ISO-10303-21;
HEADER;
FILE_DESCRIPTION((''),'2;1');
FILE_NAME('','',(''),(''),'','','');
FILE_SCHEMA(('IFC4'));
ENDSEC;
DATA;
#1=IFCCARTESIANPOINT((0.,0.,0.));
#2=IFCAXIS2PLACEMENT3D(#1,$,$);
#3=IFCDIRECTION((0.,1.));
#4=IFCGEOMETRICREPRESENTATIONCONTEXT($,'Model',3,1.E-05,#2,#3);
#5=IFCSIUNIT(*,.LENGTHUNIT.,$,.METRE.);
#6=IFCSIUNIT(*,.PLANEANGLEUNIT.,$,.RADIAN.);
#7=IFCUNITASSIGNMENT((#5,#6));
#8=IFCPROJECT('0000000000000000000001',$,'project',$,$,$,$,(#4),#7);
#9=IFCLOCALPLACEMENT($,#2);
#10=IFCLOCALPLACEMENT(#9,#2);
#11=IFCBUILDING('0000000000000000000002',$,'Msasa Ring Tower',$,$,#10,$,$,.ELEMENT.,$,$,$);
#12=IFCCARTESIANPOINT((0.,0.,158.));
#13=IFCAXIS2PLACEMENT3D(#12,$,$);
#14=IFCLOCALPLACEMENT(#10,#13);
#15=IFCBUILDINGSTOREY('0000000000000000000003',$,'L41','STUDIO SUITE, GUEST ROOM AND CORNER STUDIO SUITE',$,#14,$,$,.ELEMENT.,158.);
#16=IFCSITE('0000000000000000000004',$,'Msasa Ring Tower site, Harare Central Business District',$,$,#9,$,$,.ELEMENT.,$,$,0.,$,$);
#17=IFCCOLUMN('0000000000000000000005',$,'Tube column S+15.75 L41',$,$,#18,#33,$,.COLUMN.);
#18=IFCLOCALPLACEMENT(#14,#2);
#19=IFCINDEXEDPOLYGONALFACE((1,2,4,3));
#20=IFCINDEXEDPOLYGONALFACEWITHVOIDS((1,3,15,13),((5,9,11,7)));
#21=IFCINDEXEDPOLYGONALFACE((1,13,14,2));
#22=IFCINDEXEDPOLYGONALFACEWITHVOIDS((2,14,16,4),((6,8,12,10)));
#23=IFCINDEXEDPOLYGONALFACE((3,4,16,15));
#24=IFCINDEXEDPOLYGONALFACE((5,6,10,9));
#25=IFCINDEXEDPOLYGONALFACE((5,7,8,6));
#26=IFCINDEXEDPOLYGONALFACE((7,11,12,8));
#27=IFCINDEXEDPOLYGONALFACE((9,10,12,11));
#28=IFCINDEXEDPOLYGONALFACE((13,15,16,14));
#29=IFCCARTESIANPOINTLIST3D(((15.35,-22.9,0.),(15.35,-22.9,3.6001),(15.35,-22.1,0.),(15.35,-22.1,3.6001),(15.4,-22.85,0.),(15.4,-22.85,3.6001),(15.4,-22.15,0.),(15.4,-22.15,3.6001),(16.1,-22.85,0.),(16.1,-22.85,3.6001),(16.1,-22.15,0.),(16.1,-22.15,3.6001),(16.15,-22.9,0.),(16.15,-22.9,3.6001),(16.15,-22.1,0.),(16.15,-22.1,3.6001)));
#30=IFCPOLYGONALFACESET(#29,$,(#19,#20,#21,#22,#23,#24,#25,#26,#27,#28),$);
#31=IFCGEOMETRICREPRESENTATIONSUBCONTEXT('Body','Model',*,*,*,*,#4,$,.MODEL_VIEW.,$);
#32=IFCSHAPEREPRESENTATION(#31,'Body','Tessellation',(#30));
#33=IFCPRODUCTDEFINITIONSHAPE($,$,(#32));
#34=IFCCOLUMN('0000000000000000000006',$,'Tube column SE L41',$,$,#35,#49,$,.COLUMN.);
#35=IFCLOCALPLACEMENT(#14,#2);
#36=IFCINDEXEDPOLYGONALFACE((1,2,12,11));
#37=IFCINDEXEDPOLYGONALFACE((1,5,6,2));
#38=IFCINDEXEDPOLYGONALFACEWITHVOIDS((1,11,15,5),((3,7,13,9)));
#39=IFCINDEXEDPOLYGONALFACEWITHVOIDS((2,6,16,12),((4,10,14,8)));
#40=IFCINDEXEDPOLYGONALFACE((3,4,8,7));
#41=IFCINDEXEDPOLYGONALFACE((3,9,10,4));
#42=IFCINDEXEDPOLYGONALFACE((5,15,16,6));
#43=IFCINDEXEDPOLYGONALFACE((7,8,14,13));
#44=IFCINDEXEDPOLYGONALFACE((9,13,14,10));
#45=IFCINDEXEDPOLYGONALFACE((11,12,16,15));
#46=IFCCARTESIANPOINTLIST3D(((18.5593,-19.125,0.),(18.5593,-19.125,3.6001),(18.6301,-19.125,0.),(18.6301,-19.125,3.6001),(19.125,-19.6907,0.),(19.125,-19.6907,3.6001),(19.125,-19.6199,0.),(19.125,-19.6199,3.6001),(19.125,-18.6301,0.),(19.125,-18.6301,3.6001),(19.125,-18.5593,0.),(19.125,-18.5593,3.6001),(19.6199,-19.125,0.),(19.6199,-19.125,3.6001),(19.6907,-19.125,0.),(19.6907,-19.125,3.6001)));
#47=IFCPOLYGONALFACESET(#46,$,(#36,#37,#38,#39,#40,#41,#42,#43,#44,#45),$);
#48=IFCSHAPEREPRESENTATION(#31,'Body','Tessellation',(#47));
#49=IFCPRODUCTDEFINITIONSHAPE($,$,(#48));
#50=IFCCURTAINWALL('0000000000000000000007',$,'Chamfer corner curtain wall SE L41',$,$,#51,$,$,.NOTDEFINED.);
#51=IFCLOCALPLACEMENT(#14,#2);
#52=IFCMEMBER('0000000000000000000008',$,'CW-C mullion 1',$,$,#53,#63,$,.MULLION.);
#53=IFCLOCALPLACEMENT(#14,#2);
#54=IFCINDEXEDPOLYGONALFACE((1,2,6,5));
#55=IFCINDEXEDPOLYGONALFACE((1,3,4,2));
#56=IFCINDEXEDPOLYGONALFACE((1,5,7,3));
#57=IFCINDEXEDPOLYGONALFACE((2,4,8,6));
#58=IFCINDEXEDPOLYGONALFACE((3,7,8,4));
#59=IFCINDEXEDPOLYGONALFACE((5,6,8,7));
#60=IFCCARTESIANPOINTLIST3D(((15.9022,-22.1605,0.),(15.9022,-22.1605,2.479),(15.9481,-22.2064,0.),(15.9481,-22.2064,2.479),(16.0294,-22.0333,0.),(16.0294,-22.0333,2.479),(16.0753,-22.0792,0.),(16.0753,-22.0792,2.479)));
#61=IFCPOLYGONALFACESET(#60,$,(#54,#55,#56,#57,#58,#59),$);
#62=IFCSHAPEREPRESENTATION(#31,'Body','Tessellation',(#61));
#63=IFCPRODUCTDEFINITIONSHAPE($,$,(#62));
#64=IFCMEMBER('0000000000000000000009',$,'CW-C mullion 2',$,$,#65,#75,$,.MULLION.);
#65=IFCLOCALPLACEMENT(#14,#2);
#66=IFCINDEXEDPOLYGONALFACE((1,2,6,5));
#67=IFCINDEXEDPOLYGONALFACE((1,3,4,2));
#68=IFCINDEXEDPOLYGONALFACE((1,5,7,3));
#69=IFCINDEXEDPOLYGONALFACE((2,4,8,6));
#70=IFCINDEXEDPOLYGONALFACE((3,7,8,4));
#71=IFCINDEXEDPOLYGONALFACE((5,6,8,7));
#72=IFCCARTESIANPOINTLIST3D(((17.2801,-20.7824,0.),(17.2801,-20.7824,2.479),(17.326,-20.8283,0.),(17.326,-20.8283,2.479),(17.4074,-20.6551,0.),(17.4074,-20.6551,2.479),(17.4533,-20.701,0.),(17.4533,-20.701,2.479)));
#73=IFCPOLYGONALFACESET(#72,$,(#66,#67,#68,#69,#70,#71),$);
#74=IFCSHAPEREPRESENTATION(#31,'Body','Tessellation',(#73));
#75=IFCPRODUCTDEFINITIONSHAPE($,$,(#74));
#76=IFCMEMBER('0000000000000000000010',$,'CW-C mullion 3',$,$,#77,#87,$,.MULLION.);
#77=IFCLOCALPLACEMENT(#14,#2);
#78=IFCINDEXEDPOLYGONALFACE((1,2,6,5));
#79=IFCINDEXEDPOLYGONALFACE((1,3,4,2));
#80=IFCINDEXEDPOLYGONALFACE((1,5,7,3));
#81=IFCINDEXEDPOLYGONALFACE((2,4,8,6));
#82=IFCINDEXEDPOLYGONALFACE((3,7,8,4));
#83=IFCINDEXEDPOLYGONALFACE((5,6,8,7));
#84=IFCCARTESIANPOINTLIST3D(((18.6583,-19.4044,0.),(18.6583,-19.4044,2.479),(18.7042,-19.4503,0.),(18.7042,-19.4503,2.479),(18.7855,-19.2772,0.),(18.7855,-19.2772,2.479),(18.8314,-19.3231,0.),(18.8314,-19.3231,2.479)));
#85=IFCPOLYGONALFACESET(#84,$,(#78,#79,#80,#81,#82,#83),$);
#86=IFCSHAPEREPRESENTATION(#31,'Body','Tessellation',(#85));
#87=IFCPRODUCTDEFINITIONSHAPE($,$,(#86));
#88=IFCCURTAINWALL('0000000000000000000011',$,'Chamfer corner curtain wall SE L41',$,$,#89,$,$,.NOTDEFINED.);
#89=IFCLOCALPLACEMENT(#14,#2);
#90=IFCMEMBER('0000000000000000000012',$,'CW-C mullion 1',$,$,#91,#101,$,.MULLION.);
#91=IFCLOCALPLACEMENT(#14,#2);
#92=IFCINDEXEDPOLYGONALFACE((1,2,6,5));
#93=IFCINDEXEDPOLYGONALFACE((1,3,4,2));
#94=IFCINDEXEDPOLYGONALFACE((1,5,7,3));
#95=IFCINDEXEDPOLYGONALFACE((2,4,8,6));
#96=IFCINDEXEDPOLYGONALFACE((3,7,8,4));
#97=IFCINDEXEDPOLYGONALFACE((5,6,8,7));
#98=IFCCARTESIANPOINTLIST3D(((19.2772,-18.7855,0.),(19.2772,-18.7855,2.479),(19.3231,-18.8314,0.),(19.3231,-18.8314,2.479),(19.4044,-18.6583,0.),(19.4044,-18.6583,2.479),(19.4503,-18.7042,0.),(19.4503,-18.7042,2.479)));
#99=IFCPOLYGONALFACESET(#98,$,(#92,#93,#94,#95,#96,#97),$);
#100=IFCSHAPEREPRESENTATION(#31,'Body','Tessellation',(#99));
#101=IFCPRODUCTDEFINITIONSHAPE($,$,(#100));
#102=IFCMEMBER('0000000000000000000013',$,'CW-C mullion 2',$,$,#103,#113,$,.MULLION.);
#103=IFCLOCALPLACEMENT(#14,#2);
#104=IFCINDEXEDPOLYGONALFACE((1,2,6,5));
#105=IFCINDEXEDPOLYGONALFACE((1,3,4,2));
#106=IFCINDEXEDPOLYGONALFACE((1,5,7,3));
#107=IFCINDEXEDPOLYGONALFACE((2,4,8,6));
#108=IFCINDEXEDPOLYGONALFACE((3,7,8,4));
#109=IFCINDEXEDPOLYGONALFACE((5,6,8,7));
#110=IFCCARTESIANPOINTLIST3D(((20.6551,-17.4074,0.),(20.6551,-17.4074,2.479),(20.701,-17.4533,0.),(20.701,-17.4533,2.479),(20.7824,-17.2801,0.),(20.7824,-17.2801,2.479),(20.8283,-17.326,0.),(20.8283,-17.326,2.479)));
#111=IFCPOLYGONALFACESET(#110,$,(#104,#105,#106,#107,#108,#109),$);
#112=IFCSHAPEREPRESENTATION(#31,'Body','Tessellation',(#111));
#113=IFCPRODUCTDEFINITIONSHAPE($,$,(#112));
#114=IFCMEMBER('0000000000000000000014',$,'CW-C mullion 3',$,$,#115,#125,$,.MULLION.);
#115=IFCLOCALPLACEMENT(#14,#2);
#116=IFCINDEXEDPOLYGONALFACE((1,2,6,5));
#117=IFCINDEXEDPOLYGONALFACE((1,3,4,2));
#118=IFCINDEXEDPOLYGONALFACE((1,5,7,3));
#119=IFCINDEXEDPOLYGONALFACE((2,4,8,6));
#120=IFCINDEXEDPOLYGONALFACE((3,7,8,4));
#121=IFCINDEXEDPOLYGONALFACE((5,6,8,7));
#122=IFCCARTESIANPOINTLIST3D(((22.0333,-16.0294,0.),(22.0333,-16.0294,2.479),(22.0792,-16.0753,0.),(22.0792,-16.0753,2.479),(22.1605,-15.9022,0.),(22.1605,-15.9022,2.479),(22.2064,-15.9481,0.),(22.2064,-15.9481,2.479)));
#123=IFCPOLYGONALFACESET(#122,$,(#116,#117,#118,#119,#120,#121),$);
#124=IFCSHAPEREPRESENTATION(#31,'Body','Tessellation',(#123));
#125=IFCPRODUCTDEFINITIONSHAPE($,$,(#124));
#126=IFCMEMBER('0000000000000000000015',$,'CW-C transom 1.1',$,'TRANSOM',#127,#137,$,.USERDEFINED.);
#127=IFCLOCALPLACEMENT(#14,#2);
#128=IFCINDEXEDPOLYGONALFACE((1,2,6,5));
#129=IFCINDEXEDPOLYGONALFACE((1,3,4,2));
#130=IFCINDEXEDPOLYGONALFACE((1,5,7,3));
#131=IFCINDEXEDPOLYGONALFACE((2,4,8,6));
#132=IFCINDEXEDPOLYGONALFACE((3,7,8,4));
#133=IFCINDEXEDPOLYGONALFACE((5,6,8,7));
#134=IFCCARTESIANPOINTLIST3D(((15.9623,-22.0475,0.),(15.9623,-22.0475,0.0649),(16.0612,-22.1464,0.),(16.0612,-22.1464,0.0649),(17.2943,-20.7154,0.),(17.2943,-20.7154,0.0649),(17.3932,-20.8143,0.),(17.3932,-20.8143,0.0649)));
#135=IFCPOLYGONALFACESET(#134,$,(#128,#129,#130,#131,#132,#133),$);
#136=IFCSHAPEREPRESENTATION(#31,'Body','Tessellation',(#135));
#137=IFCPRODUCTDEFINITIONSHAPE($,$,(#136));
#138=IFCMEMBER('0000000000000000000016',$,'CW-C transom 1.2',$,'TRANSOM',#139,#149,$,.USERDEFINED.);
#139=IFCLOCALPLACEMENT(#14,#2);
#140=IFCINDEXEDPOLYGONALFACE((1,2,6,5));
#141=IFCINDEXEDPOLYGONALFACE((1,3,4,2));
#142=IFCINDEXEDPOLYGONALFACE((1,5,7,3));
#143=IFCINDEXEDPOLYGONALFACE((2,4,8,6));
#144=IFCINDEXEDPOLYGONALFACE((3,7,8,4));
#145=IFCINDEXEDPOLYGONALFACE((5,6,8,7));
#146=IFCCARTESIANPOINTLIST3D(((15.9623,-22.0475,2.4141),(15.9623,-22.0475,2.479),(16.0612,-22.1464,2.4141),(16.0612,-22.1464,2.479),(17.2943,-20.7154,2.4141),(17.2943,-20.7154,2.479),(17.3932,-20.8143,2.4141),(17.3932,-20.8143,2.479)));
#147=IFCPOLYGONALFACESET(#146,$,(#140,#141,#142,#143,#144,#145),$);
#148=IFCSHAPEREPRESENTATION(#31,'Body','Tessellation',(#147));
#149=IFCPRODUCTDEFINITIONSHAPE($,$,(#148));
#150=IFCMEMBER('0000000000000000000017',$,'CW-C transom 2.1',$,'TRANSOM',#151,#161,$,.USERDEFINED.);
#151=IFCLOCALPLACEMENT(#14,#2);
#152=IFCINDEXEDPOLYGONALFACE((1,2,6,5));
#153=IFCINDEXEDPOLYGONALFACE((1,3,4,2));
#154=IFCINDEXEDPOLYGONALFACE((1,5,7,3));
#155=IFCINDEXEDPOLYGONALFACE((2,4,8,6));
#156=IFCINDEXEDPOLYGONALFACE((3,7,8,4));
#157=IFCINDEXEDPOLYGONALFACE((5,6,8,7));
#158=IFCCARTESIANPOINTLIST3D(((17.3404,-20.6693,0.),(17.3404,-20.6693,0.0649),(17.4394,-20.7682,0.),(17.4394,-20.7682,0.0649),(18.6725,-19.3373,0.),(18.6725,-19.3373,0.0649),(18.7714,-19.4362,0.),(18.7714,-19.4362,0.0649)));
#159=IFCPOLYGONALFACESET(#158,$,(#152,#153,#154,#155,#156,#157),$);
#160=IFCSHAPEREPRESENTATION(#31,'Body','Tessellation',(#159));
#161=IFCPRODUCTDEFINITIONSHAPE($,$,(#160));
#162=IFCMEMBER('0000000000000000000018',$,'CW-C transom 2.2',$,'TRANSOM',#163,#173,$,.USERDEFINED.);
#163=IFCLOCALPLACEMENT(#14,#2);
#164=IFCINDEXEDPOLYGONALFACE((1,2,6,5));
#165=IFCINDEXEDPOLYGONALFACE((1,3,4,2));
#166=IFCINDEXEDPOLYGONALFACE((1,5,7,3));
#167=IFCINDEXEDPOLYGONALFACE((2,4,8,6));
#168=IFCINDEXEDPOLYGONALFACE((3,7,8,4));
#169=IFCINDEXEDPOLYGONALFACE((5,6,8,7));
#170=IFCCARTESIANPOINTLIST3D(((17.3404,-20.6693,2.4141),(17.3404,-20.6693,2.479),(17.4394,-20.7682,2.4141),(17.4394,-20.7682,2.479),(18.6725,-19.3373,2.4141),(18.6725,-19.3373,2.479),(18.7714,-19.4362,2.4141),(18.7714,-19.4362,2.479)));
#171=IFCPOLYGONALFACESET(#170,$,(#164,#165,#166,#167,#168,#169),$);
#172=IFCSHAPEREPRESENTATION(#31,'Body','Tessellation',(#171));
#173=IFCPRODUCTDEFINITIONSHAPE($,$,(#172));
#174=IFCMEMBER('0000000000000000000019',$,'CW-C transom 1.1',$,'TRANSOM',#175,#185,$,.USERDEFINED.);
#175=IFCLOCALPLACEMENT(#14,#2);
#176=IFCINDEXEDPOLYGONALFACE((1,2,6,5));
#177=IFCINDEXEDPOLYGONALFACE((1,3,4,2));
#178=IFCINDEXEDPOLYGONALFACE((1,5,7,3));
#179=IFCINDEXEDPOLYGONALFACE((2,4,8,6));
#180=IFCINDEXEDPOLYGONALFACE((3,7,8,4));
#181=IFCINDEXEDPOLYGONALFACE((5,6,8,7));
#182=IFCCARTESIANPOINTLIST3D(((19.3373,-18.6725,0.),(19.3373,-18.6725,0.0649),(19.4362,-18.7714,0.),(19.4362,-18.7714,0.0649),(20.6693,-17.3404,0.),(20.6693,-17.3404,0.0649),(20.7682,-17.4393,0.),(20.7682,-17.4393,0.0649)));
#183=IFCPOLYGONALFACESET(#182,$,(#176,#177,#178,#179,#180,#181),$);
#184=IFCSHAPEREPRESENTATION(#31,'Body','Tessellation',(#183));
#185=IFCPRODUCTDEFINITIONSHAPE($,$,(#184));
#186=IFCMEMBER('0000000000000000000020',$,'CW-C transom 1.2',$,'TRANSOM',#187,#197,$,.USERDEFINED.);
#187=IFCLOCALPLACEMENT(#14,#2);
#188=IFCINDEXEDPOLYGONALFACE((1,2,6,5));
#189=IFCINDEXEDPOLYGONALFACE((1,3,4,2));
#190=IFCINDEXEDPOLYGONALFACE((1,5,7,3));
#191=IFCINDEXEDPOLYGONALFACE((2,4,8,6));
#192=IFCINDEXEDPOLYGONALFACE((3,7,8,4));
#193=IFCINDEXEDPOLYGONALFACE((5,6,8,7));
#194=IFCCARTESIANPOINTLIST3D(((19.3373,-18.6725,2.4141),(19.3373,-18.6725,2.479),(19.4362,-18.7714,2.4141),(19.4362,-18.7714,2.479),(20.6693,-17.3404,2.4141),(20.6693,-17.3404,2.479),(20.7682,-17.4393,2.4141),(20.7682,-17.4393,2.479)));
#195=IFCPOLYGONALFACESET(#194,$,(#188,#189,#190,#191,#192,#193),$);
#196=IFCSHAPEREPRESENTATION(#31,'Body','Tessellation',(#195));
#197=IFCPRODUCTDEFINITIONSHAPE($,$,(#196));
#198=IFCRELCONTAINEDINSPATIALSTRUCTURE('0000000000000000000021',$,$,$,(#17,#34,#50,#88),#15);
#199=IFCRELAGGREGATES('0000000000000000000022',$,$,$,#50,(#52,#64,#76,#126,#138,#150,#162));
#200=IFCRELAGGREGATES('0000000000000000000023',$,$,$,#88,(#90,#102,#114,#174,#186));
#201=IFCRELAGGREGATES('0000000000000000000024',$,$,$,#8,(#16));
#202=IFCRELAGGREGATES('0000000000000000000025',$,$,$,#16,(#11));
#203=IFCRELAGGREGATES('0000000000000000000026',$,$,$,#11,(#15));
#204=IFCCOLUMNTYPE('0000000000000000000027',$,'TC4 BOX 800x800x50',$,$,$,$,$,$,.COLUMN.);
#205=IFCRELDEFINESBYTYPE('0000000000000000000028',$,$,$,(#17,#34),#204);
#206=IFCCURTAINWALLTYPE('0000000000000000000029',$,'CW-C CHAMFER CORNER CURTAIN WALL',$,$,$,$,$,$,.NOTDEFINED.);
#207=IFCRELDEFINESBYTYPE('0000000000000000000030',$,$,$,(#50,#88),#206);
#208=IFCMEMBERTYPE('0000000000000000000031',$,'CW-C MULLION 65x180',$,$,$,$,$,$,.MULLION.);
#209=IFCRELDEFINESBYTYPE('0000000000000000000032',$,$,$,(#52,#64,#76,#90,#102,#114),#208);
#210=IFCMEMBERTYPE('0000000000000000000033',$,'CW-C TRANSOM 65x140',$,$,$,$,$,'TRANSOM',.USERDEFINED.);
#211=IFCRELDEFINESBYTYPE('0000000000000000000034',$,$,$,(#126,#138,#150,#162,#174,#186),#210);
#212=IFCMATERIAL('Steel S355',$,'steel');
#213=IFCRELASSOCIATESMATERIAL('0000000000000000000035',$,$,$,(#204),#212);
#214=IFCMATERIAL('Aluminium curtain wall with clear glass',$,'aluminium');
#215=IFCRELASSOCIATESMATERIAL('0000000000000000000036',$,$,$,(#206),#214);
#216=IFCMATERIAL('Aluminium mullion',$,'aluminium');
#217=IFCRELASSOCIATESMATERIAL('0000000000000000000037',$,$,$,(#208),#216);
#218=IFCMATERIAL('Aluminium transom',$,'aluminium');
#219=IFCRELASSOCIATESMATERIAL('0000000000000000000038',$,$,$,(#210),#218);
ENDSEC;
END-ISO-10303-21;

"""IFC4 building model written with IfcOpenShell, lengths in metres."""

from ifc_helpers import new_model, si_unit, direction, frame, origin, origin_2d, place, context, subcontext, project, spatial, rectangle, hollow_rectangle, extrude, material, material_profile, profile_set, type_object, element, aggregate, save


model = new_model("IFC4")

# Units and contexts
model_context = context("Model", 3, precision=1e-05, world=origin(), true_north=direction((0.0, 1.0)))
body_context = subcontext(model_context, "Body", "Model", "MODEL_VIEW")
ifc_project = project(units=[si_unit("LENGTHUNIT", "METRE"), si_unit("PLANEANGLEUNIT", "RADIAN")], contexts=[model_context])

# Site, building, storey
site_placement = place(None, origin())
site = spatial("IfcSite", under=ifc_project, at=site_placement, Name="Msasa Ring Tower site, Harare Central Business District", CompositionType="ELEMENT", RefElevation=0.0)
building_placement = place(site_placement, origin())
building = spatial("IfcBuilding", under=site, at=building_placement, Name="Msasa Ring Tower", CompositionType="ELEMENT")
storey_placement = place(building_placement, frame((0.0, 0.0, 158.0)))
storey = spatial("IfcBuildingStorey", under=building, at=storey_placement, Name="L41", Description="STUDIO SUITE, GUEST ROOM AND CORNER STUDIO SUITE", CompositionType="ELEMENT", Elevation=158.0)

# Columns
ifc_material_1 = material(Name="Steel S355", Category="steel")
ifc_material_profile_1 = material_profile(ifc_material_1, hollow_rectangle(XDim=0.8, YDim=0.8, WallThickness=0.05, at=origin_2d()), Name="BOX 800x800x50")
ifc_profile_set_1 = profile_set([ifc_material_profile_1], Name="Steel S355")
column_type = type_object("IfcColumnType", Name="TC4 BOX 800x800x50", PredefinedType="COLUMN", material=ifc_profile_set_1)
for number, where, z_axis, x_axis, name in (
    (1, (15.75, -22.5, 0.0), (0.0, 0.0, 1.0), (0.0, 1.0, 0.0), "Tube column S+15.75 L41"),
    (2, (19.125, -19.125, 0.0), (0.0, 0.0, 1.0), (0.707107, -0.707107, 0.0), "Tube column SE L41"),
):
    element("IfcColumn", number, at=place(storey_placement, frame(where, z_axis=z_axis, x_axis=x_axis)), inside=storey, type_object=column_type, Name=name, PredefinedType="COLUMN", context=body_context, shape_type="SweptSolid", body=[
        extrude(hollow_rectangle(XDim=0.8, YDim=0.8, WallThickness=0.05, at=origin_2d()), origin(), (0.0, 0.0, 1.0), 3.6001),
    ])

# Curtain walls, members
ifc_material_2 = material(Name="Aluminium curtain wall with clear glass", Category="aluminium")
curtain_wall_type = type_object("IfcCurtainWallType", Name="CW-C CHAMFER CORNER CURTAIN WALL", PredefinedType="NOTDEFINED", material=ifc_material_2)
curtain_wall_1_placement = place(storey_placement, origin())
curtain_wall_1 = element("IfcCurtainWall", 3, at=curtain_wall_1_placement, inside=storey, type_object=curtain_wall_type, Name="Chamfer corner curtain wall SE L41", PredefinedType="NOTDEFINED")
ifc_material_3 = material(Name="Aluminium mullion", Category="aluminium")
ifc_material_profile_2 = material_profile(ifc_material_3, rectangle(XDim=0.0649, YDim=0.1799, at=origin_2d()), Name="AL 65x180")
ifc_profile_set_2 = profile_set([ifc_material_profile_2], Name="Aluminium mullion")
member_type_1 = type_object("IfcMemberType", Name="CW-C MULLION 65x180", PredefinedType="MULLION", material=ifc_profile_set_2)
member_1_placement = place(storey_placement, frame((15.9888, -22.1199, 0.0), z_axis=(0.0, 0.0, 1.0), x_axis=(-0.707107, 0.707107, 0.0)))
member_1 = element("IfcMember", 4, at=member_1_placement, type_object=member_type_1, Name="CW-C mullion 1", PredefinedType="MULLION", context=body_context, shape_type="SweptSolid", body=[
    extrude(rectangle(XDim=0.0649, YDim=0.1799, at=origin_2d()), origin(), (0.0, 0.0, 1.0), 2.479),
])
member_2_placement = place(storey_placement, frame((17.3667, -20.7417, 0.0), z_axis=(0.0, 0.0, 1.0), x_axis=(-0.707107, 0.707107, 0.0)))
member_2 = element("IfcMember", 5, at=member_2_placement, type_object=member_type_1, Name="CW-C mullion 2", PredefinedType="MULLION", context=body_context, shape_type="SweptSolid", body=[
    extrude(rectangle(XDim=0.0649, YDim=0.1799, at=origin_2d()), origin(), (0.0, 0.0, 1.0), 2.479),
])
member_3_placement = place(storey_placement, frame((18.7449, -19.3638, 0.0), z_axis=(0.0, 0.0, 1.0), x_axis=(-0.707107, 0.707107, 0.0)))
member_3 = element("IfcMember", 6, at=member_3_placement, type_object=member_type_1, Name="CW-C mullion 3", PredefinedType="MULLION", context=body_context, shape_type="SweptSolid", body=[
    extrude(rectangle(XDim=0.0649, YDim=0.1799, at=origin_2d()), origin(), (0.0, 0.0, 1.0), 2.479),
])
curtain_wall_2_placement = place(storey_placement, origin())
curtain_wall_2 = element("IfcCurtainWall", 7, at=curtain_wall_2_placement, inside=storey, type_object=curtain_wall_type, Name="Chamfer corner curtain wall SE L41", PredefinedType="NOTDEFINED")
member_4_placement = place(storey_placement, frame((19.3638, -18.7449, 0.0), z_axis=(0.0, 0.0, 1.0), x_axis=(-0.707107, 0.707107, 0.0)))
member_4 = element("IfcMember", 8, at=member_4_placement, type_object=member_type_1, Name="CW-C mullion 1", PredefinedType="MULLION", context=body_context, shape_type="SweptSolid", body=[
    extrude(rectangle(XDim=0.0649, YDim=0.1799, at=origin_2d()), origin(), (0.0, 0.0, 1.0), 2.479),
])
member_5_placement = place(storey_placement, frame((20.7417, -17.3667, 0.0), z_axis=(0.0, 0.0, 1.0), x_axis=(-0.707107, 0.707107, 0.0)))
member_5 = element("IfcMember", 9, at=member_5_placement, type_object=member_type_1, Name="CW-C mullion 2", PredefinedType="MULLION", context=body_context, shape_type="SweptSolid", body=[
    extrude(rectangle(XDim=0.0649, YDim=0.1799, at=origin_2d()), origin(), (0.0, 0.0, 1.0), 2.479),
])
member_6_placement = place(storey_placement, frame((22.1199, -15.9888, 0.0), z_axis=(0.0, 0.0, 1.0), x_axis=(-0.707107, 0.707107, 0.0)))
member_6 = element("IfcMember", 10, at=member_6_placement, type_object=member_type_1, Name="CW-C mullion 3", PredefinedType="MULLION", context=body_context, shape_type="SweptSolid", body=[
    extrude(rectangle(XDim=0.0649, YDim=0.1799, at=origin_2d()), origin(), (0.0, 0.0, 1.0), 2.479),
])

# Members
ifc_material_4 = material(Name="Aluminium transom", Category="aluminium")
ifc_material_profile_3 = material_profile(ifc_material_4, rectangle(XDim=0.1399, YDim=0.0649, at=origin_2d()), Name="AL 65x140")
ifc_profile_set_3 = profile_set([ifc_material_profile_3], Name="Aluminium transom")
member_type_2 = type_object("IfcMemberType", Name="CW-C TRANSOM 65x140", ElementType="TRANSOM", PredefinedType="USERDEFINED", material=ifc_profile_set_3)
member_7_placement = place(storey_placement, frame((16.0117, -22.0969, 0.0325), z_axis=(0.707107, 0.707107, 0.0), x_axis=(-0.707107, 0.707107, 0.0)))
member_7 = element("IfcMember", 11, at=member_7_placement, type_object=member_type_2, Name="CW-C transom 1.1", ObjectType="TRANSOM", PredefinedType="USERDEFINED", context=body_context, shape_type="SweptSolid", body=[
    extrude(rectangle(XDim=0.1399, YDim=0.0649, at=origin_2d()), origin(), (0.0, 0.0, 1.0), 1.8838),
])
member_8_placement = place(storey_placement, frame((16.0117, -22.0969, 2.4465), z_axis=(0.707107, 0.707107, 0.0), x_axis=(-0.707107, 0.707107, 0.0)))
member_8 = element("IfcMember", 12, at=member_8_placement, type_object=member_type_2, Name="CW-C transom 1.2", ObjectType="TRANSOM", PredefinedType="USERDEFINED", context=body_context, shape_type="SweptSolid", body=[
    extrude(rectangle(XDim=0.1399, YDim=0.0649, at=origin_2d()), origin(), (0.0, 0.0, 1.0), 1.8838),
])
member_9_placement = place(storey_placement, frame((17.3899, -20.7188, 0.0325), z_axis=(0.707107, 0.707107, 0.0), x_axis=(-0.707107, 0.707107, 0.0)))
member_9 = element("IfcMember", 13, at=member_9_placement, type_object=member_type_2, Name="CW-C transom 2.1", ObjectType="TRANSOM", PredefinedType="USERDEFINED", context=body_context, shape_type="SweptSolid", body=[
    extrude(rectangle(XDim=0.1399, YDim=0.0649, at=origin_2d()), origin(), (0.0, 0.0, 1.0), 1.8838),
])
member_10_placement = place(storey_placement, frame((17.3899, -20.7188, 2.4465), z_axis=(0.707107, 0.707107, 0.0), x_axis=(-0.707107, 0.707107, 0.0)))
member_10 = element("IfcMember", 14, at=member_10_placement, type_object=member_type_2, Name="CW-C transom 2.2", ObjectType="TRANSOM", PredefinedType="USERDEFINED", context=body_context, shape_type="SweptSolid", body=[
    extrude(rectangle(XDim=0.1399, YDim=0.0649, at=origin_2d()), origin(), (0.0, 0.0, 1.0), 1.8838),
])
member_11_placement = place(storey_placement, frame((19.3867, -18.7219, 0.0325), z_axis=(0.707107, 0.707107, 0.0), x_axis=(-0.707107, 0.707107, 0.0)))
member_11 = element("IfcMember", 15, at=member_11_placement, type_object=member_type_2, Name="CW-C transom 1.1", ObjectType="TRANSOM", PredefinedType="USERDEFINED", context=body_context, shape_type="SweptSolid", body=[
    extrude(rectangle(XDim=0.1399, YDim=0.0649, at=origin_2d()), origin(), (0.0, 0.0, 1.0), 1.8838),
])
member_12_placement = place(storey_placement, frame((19.3867, -18.7219, 2.4465), z_axis=(0.707107, 0.707107, 0.0), x_axis=(-0.707107, 0.707107, 0.0)))
member_12 = element("IfcMember", 16, at=member_12_placement, type_object=member_type_2, Name="CW-C transom 1.2", ObjectType="TRANSOM", PredefinedType="USERDEFINED", context=body_context, shape_type="SweptSolid", body=[
    extrude(rectangle(XDim=0.1399, YDim=0.0649, at=origin_2d()), origin(), (0.0, 0.0, 1.0), 1.8838),
])

aggregate(curtain_wall_1, [member_1, member_2, member_3, member_7, member_8, member_9, member_10])
aggregate(curtain_wall_2, [member_4, member_5, member_6, member_11, member_12])

save(model, "model.ifc")
